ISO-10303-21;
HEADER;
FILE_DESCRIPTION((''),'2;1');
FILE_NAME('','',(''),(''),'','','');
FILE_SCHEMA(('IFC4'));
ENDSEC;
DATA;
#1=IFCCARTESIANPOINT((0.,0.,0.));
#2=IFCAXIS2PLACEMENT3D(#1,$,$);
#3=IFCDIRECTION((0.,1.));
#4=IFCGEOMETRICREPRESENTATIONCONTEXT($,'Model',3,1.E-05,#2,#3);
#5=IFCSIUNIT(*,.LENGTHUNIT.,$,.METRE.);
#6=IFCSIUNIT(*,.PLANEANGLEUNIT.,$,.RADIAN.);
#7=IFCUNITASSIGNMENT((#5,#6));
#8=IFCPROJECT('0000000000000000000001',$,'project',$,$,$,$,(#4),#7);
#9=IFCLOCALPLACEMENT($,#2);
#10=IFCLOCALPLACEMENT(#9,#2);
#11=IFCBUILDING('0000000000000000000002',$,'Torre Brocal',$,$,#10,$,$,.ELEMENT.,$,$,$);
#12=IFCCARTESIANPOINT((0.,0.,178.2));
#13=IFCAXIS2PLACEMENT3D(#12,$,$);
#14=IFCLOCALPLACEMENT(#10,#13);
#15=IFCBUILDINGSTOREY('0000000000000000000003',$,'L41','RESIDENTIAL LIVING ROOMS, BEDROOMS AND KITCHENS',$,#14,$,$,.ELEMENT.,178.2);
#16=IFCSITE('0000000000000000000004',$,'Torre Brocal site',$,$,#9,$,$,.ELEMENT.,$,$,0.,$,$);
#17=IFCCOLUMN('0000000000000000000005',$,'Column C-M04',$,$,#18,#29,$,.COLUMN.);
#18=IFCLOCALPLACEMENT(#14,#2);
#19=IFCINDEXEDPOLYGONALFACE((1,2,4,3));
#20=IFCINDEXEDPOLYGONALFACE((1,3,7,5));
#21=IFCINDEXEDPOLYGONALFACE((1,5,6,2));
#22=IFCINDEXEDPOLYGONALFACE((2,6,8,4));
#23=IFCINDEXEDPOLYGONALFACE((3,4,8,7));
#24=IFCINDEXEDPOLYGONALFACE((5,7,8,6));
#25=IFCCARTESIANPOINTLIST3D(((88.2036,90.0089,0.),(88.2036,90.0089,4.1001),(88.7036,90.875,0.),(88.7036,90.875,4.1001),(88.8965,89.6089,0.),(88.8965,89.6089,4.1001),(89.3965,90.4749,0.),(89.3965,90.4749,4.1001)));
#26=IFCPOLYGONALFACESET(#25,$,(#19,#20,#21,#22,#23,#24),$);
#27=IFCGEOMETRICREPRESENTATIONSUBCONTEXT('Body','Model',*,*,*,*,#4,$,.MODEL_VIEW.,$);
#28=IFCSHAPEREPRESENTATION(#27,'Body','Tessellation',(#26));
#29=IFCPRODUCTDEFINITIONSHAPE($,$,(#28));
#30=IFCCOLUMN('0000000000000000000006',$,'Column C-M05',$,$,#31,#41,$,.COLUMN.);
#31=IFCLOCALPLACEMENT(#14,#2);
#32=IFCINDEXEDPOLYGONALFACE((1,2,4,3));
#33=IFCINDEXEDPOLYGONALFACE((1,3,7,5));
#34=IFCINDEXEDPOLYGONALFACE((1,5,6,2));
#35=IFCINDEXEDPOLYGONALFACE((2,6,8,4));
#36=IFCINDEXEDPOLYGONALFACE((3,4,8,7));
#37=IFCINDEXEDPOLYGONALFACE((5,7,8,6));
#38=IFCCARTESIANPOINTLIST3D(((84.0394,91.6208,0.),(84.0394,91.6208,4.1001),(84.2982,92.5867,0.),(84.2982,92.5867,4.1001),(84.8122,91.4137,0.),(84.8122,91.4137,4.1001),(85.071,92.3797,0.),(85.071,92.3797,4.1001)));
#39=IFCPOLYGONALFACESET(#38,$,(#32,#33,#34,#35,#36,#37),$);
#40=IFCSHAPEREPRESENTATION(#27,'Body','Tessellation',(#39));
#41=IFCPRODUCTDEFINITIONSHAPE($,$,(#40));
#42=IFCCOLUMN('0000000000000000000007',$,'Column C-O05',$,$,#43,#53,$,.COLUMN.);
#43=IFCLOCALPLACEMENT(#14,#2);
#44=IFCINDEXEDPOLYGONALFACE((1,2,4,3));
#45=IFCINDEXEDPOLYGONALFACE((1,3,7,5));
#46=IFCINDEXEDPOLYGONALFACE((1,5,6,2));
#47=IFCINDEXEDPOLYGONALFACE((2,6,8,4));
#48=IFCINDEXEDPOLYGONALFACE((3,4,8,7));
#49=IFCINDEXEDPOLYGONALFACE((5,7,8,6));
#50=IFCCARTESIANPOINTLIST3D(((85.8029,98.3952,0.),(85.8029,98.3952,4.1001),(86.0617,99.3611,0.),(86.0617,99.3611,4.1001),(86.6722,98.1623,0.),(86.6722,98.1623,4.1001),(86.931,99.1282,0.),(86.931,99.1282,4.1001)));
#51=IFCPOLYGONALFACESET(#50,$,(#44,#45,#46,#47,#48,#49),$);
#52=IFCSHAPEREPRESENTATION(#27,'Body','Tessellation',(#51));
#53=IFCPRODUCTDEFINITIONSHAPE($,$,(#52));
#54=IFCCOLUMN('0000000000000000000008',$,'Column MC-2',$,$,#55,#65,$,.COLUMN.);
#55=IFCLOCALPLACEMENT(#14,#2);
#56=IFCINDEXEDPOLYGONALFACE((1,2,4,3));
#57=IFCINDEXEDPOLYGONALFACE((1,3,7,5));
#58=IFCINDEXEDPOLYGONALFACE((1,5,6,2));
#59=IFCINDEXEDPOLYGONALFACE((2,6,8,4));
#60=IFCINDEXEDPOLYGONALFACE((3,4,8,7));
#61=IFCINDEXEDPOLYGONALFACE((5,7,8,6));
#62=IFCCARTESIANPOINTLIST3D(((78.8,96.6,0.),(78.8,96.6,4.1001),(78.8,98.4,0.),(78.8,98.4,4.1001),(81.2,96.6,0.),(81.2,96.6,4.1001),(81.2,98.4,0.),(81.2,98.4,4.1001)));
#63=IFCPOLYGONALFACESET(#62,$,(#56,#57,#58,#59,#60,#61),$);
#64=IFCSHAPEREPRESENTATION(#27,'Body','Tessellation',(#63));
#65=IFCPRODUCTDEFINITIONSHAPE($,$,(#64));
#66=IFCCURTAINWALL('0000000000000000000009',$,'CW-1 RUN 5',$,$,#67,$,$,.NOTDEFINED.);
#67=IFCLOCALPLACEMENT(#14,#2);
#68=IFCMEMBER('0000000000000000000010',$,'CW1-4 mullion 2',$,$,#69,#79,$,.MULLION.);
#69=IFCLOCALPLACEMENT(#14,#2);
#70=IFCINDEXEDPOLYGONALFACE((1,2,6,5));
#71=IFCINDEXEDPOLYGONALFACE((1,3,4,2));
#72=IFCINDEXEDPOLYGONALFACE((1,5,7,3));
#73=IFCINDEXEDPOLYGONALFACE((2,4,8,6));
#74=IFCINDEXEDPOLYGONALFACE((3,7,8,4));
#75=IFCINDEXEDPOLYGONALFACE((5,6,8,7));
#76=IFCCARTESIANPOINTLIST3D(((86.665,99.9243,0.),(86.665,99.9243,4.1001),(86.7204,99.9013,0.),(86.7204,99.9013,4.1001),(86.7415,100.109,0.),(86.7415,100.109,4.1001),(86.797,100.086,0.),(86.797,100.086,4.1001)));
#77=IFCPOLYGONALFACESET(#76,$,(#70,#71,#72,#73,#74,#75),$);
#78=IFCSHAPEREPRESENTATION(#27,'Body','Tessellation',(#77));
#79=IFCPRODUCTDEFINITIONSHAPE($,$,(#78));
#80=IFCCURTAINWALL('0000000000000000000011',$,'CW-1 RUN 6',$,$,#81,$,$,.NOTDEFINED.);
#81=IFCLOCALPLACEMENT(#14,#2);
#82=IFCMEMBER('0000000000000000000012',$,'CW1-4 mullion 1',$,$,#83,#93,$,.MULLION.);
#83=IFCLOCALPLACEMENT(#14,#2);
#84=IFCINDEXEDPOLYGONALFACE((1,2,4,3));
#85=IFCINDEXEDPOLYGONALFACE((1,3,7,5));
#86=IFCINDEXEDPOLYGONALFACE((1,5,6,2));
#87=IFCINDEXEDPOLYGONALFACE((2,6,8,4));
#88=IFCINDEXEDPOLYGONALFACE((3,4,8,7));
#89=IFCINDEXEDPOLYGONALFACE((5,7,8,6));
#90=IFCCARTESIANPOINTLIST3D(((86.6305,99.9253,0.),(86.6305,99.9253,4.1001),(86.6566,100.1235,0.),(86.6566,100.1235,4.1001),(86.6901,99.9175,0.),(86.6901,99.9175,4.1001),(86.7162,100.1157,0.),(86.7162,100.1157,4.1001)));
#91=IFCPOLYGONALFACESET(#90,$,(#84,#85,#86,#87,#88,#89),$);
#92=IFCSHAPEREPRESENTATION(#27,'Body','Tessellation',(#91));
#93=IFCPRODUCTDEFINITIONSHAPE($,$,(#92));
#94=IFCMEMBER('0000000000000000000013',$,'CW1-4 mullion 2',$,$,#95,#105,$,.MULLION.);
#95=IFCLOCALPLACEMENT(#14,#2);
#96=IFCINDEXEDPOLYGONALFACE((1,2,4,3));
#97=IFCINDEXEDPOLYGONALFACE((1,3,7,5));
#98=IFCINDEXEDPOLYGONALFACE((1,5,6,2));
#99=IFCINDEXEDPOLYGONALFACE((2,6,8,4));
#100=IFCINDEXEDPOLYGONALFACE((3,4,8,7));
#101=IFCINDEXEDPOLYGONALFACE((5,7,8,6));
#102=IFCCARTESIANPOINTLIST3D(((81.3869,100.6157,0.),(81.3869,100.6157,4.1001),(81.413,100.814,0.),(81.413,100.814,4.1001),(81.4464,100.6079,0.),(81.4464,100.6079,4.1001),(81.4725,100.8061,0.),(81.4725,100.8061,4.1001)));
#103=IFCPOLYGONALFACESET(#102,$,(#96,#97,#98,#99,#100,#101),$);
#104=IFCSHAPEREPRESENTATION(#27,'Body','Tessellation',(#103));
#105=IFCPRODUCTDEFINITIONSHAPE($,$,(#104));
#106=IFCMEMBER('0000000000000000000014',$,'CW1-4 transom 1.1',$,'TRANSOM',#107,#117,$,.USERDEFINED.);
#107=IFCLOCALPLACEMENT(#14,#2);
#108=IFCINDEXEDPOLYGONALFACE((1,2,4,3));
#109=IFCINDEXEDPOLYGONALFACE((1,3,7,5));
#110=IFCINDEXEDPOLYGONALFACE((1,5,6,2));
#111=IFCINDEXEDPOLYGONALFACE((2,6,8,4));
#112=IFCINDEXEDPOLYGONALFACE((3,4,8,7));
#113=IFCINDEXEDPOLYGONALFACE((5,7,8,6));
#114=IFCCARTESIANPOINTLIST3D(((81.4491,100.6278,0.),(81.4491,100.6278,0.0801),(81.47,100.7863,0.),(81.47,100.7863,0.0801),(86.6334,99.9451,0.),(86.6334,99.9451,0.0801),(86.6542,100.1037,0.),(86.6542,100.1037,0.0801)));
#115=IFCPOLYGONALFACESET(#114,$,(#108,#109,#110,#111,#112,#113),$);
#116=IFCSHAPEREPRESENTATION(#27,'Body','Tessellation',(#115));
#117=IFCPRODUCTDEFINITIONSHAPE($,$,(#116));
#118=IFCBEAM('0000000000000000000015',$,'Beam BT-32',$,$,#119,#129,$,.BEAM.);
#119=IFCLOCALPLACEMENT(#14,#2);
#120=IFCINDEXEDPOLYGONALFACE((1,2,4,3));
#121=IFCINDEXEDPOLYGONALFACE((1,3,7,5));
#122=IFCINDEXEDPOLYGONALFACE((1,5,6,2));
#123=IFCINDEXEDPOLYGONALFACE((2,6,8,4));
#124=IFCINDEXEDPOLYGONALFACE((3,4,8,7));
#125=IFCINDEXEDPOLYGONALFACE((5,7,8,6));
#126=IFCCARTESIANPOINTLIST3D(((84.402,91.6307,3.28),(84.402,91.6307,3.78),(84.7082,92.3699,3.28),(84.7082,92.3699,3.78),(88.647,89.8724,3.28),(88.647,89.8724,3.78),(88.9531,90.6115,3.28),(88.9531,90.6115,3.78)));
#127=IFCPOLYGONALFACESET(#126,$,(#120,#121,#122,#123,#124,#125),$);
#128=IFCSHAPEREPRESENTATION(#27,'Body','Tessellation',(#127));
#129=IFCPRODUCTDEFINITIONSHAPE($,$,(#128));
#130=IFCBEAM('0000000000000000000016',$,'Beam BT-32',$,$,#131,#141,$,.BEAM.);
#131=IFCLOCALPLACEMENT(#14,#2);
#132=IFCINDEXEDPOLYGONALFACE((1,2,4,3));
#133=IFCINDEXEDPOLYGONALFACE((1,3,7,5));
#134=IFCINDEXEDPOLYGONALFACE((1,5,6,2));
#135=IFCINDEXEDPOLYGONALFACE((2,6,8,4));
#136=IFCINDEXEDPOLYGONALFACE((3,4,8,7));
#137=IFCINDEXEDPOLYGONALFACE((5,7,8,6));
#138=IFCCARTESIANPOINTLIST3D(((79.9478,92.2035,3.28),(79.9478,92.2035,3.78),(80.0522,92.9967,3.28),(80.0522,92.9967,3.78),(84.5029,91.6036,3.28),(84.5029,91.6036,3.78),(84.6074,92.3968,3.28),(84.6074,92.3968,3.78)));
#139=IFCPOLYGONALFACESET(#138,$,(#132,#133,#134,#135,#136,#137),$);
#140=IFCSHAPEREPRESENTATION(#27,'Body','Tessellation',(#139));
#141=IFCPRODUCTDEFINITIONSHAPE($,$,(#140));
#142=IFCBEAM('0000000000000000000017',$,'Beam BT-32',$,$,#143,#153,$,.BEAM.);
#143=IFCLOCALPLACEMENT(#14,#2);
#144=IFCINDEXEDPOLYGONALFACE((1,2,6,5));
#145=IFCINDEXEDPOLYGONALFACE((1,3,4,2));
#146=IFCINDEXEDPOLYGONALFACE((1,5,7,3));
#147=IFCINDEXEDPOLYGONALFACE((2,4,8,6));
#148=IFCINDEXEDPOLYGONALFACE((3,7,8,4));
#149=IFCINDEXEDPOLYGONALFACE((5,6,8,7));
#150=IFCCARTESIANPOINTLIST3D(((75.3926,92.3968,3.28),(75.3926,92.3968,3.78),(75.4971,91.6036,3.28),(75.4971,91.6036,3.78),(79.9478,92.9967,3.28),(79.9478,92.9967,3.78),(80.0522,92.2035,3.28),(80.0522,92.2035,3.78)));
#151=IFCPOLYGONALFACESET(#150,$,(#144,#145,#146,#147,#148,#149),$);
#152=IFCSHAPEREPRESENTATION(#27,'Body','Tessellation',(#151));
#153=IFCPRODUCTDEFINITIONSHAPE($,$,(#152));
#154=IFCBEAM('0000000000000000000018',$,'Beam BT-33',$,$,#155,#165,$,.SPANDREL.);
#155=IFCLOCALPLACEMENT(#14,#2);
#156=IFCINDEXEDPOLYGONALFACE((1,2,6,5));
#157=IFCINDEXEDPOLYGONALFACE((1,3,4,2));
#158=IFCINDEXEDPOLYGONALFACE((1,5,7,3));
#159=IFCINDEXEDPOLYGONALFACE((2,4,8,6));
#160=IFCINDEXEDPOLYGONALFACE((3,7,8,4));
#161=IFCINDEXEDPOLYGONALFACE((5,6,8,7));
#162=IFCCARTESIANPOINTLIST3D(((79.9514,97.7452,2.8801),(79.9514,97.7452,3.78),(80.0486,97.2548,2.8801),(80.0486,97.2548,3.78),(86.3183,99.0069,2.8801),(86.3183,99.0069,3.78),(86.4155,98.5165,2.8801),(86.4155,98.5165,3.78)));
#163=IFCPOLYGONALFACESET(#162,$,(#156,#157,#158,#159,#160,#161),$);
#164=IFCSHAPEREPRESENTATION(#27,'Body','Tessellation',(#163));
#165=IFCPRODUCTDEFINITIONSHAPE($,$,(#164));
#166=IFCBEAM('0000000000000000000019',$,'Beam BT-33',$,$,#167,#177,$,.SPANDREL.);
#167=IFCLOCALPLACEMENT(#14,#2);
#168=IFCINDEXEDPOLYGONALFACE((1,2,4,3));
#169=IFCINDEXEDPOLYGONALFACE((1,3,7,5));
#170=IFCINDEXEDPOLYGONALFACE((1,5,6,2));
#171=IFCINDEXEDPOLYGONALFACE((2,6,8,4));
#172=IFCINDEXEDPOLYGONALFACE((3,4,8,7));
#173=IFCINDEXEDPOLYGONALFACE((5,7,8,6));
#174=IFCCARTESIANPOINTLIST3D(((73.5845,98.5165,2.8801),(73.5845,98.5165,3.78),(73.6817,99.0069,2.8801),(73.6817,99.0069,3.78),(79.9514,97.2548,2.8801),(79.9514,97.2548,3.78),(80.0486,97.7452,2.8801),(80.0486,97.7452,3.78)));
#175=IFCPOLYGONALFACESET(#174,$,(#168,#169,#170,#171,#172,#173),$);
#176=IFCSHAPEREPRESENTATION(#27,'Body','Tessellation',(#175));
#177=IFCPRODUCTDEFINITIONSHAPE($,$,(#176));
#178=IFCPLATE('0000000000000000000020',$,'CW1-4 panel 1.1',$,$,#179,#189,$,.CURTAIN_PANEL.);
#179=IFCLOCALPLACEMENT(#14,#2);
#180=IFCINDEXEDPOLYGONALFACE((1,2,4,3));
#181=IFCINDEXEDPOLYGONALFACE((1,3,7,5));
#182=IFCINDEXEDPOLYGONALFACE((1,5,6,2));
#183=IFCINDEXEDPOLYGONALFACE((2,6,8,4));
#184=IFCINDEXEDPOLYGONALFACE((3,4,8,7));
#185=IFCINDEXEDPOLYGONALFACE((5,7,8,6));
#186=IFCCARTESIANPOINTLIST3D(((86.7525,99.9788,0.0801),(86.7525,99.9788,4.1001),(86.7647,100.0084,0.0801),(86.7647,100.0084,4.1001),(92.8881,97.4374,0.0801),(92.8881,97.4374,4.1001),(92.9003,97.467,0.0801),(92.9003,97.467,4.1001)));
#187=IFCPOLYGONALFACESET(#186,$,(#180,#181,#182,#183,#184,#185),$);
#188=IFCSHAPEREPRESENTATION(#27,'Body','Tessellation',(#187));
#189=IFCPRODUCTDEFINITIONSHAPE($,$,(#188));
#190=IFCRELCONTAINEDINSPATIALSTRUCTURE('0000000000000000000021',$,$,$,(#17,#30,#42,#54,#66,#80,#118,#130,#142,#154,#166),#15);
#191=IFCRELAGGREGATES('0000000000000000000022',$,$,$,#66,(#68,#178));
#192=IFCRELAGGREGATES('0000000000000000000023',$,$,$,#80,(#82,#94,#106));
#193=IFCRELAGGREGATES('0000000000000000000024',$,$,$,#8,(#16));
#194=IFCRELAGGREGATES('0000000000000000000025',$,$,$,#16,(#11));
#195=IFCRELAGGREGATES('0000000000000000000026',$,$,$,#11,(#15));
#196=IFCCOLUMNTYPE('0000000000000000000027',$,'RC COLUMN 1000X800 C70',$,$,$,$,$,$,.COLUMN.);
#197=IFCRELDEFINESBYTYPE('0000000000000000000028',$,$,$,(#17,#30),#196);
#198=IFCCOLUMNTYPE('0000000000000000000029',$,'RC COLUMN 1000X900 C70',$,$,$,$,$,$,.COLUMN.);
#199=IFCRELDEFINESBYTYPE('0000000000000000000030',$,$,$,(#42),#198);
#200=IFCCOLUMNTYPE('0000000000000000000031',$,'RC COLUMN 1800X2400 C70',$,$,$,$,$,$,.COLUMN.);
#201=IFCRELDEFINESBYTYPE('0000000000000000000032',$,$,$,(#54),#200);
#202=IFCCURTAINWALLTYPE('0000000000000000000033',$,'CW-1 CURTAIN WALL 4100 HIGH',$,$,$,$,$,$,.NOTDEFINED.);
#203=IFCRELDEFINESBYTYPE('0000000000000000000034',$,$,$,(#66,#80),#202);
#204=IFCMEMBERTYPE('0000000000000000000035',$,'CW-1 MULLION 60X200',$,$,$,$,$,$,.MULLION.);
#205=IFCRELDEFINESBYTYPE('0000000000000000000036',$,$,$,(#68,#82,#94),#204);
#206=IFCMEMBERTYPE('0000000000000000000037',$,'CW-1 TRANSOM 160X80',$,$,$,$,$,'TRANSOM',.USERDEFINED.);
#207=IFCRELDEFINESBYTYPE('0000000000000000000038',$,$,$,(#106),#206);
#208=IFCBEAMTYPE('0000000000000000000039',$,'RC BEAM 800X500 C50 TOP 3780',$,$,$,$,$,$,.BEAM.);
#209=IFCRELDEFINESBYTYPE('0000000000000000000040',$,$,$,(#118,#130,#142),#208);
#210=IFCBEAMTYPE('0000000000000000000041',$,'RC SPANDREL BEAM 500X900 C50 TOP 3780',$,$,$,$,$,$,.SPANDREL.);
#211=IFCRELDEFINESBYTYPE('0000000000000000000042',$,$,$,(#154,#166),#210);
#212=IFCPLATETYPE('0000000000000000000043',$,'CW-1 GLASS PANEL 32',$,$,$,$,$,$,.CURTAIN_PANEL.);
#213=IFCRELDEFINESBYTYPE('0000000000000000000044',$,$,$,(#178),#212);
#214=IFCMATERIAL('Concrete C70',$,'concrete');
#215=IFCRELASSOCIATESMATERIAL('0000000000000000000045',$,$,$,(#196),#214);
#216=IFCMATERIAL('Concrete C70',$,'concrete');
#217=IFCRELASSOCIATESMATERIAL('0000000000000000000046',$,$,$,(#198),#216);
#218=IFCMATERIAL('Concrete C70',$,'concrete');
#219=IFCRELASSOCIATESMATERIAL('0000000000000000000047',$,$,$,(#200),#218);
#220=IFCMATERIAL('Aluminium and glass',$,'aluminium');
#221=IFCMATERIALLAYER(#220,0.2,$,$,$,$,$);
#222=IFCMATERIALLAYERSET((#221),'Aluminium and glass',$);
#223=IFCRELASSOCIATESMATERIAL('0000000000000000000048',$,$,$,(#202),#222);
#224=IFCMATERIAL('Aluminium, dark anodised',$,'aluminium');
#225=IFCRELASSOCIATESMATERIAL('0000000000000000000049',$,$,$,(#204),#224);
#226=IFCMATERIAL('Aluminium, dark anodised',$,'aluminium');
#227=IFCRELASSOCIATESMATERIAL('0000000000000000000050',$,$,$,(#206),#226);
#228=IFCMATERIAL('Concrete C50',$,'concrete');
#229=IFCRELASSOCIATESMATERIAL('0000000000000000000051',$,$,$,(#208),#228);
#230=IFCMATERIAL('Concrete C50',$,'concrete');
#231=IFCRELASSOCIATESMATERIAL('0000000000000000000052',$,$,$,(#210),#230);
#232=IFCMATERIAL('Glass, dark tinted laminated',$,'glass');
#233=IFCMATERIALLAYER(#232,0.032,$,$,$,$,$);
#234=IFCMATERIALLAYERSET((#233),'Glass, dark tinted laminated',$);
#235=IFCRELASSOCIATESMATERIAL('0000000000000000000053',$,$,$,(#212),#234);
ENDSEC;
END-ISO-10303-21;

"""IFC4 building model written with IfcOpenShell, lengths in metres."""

from ifc_helpers import new_model, si_unit, direction, frame, origin, origin_2d, place, context, subcontext, project, spatial, rectangle, extrude, material, layer, layer_set, material_profile, profile_set, type_object, element, aggregate, save


model = new_model("IFC4")

# Units and contexts
model_context = context("Model", 3, precision=1e-05, world=origin(), true_north=direction((0.0, 1.0)))
body_context = subcontext(model_context, "Body", "Model", "MODEL_VIEW")
ifc_project = project(units=[si_unit("LENGTHUNIT", "METRE"), si_unit("PLANEANGLEUNIT", "RADIAN")], contexts=[model_context])

# Site, building, storey
site_placement = place(None, origin())
site = spatial("IfcSite", under=ifc_project, at=site_placement, Name="Torre Brocal site", CompositionType="ELEMENT", RefElevation=0.0)
building_placement = place(site_placement, origin())
building = spatial("IfcBuilding", under=site, at=building_placement, Name="Torre Brocal", CompositionType="ELEMENT")
storey_placement = place(building_placement, frame((0.0, 0.0, 178.2)))
storey = spatial("IfcBuildingStorey", under=building, at=storey_placement, Name="L41", Description="RESIDENTIAL LIVING ROOMS, BEDROOMS AND KITCHENS", CompositionType="ELEMENT", Elevation=178.2)

# Columns
ifc_material_1 = material(Name="Concrete C70", Category="concrete")
ifc_material_profile_1 = material_profile(ifc_material_1, rectangle(XDim=1.0, YDim=0.8, at=origin_2d()), Name="RC 1000X800")
ifc_profile_set_1 = profile_set([ifc_material_profile_1], Name="Concrete C70")
column_type_1 = type_object("IfcColumnType", Name="RC COLUMN 1000X800 C70", PredefinedType="COLUMN", material=ifc_profile_set_1)
for number, where, z_axis, x_axis, name in (
    (1, (88.8, 90.2419, 0.0), (0.0, 0.0, 1.0), (0.5, 0.866025, 0.0), "Column C-M04"),
    (2, (84.5552, 92.0002, 0.0), (0.0, 0.0, 1.0), (0.258819, 0.965926, 0.0), "Column C-M05"),
):
    element("IfcColumn", number, at=place(storey_placement, frame(where, z_axis=z_axis, x_axis=x_axis)), inside=storey, type_object=column_type_1, Name=name, PredefinedType="COLUMN", context=body_context, shape_type="SweptSolid", body=[
        extrude(rectangle(XDim=1.0, YDim=0.8, at=origin_2d()), origin(), (0.0, 0.0, 1.0), 4.1001),
    ])
ifc_material_2 = material(Name="Concrete C70", Category="concrete")
ifc_material_profile_2 = material_profile(ifc_material_2, rectangle(XDim=1.0, YDim=0.8999, at=origin_2d()), Name="RC 1000X900")
ifc_profile_set_2 = profile_set([ifc_material_profile_2], Name="Concrete C70")
column_type_2 = type_object("IfcColumnType", Name="RC COLUMN 1000X900 C70", PredefinedType="COLUMN", material=ifc_profile_set_2)
column_1_placement = place(storey_placement, frame((86.3669, 98.7617, 0.0), z_axis=(0.0, 0.0, 1.0), x_axis=(0.258819, 0.965926, 0.0)))
element("IfcColumn", 3, at=column_1_placement, inside=storey, type_object=column_type_2, Name="Column C-O05", PredefinedType="COLUMN", context=body_context, shape_type="SweptSolid", body=[
    extrude(rectangle(XDim=1.0, YDim=0.8999, at=origin_2d()), origin(), (0.0, 0.0, 1.0), 4.1001),
])
ifc_material_3 = material(Name="Concrete C70", Category="concrete")
ifc_material_profile_3 = material_profile(ifc_material_3, rectangle(XDim=1.8, YDim=2.3999, at=origin_2d()), Name="RC 1800X2400")
ifc_profile_set_3 = profile_set([ifc_material_profile_3], Name="Concrete C70")
column_type_3 = type_object("IfcColumnType", Name="RC COLUMN 1800X2400 C70", PredefinedType="COLUMN", material=ifc_profile_set_3)
column_2_placement = place(storey_placement, frame((80.0, 97.5, 0.0), z_axis=(0.0, 0.0, 1.0), x_axis=(0.0, 1.0, 0.0)))
element("IfcColumn", 4, at=column_2_placement, inside=storey, type_object=column_type_3, Name="Column MC-2", PredefinedType="COLUMN", context=body_context, shape_type="SweptSolid", body=[
    extrude(rectangle(XDim=1.8, YDim=2.3999, at=origin_2d()), origin(), (0.0, 0.0, 1.0), 4.1001),
])

# Curtain wall, member
ifc_material_4 = material(Name="Aluminium and glass", Category="aluminium")
ifc_layer_1 = layer(ifc_material_4, 0.2)
ifc_layer_set_1 = layer_set([ifc_layer_1], Name="Aluminium and glass")
curtain_wall_type = type_object("IfcCurtainWallType", Name="CW-1 CURTAIN WALL 4100 HIGH", PredefinedType="NOTDEFINED", material=ifc_layer_set_1)
curtain_wall_1_placement = place(storey_placement, origin())
curtain_wall_1 = element("IfcCurtainWall", 5, at=curtain_wall_1_placement, inside=storey, type_object=curtain_wall_type, Name="CW-1 RUN 5", PredefinedType="NOTDEFINED")
ifc_material_5 = material(Name="Aluminium, dark anodised", Category="aluminium")
ifc_material_profile_4 = material_profile(ifc_material_5, rectangle(XDim=0.2, YDim=0.0601, at=origin_2d()), Name="CW-1 MULLION 60X200")
ifc_profile_set_4 = profile_set([ifc_material_profile_4], Name="Aluminium, dark anodised")
member_type_1 = type_object("IfcMemberType", Name="CW-1 MULLION 60X200", PredefinedType="MULLION", material=ifc_profile_set_4)
member_1_placement = place(storey_placement, frame((86.731, 100.0051, 0.0), z_axis=(0.0, 0.0, 1.0), x_axis=(-0.382683, -0.92388, 0.0)))
member_1 = element("IfcMember", 6, at=member_1_placement, type_object=member_type_1, Name="CW1-4 mullion 2", PredefinedType="MULLION", context=body_context, shape_type="SweptSolid", body=[
    extrude(rectangle(XDim=0.2, YDim=0.0601, at=origin_2d()), origin(), (0.0, 0.0, 1.0), 4.1001),
])

# Curtain wall, members
curtain_wall_2_placement = place(storey_placement, origin())
curtain_wall_2 = element("IfcCurtainWall", 7, at=curtain_wall_2_placement, inside=storey, type_object=curtain_wall_type, Name="CW-1 RUN 6", PredefinedType="NOTDEFINED")
member_2_placement = place(storey_placement, frame((86.6733, 100.0205, 0.0), z_axis=(0.0, 0.0, 1.0), x_axis=(-0.130526, -0.991445, 0.0)))
member_2 = element("IfcMember", 8, at=member_2_placement, type_object=member_type_1, Name="CW1-4 mullion 1", PredefinedType="MULLION", context=body_context, shape_type="SweptSolid", body=[
    extrude(rectangle(XDim=0.2, YDim=0.0601, at=origin_2d()), origin(), (0.0, 0.0, 1.0), 4.1001),
])
member_3_placement = place(storey_placement, frame((81.4297, 100.7109, 0.0), z_axis=(0.0, 0.0, 1.0), x_axis=(-0.130526, -0.991445, 0.0)))
member_3 = element("IfcMember", 9, at=member_3_placement, type_object=member_type_1, Name="CW1-4 mullion 2", PredefinedType="MULLION", context=body_context, shape_type="SweptSolid", body=[
    extrude(rectangle(XDim=0.2, YDim=0.0601, at=origin_2d()), origin(), (0.0, 0.0, 1.0), 4.1001),
])
ifc_material_6 = material(Name="Aluminium, dark anodised", Category="aluminium")
ifc_material_profile_5 = material_profile(ifc_material_6, rectangle(XDim=0.1599, YDim=0.0801, at=origin_2d()), Name="CW-1 TRANSOM 160X80")
ifc_profile_set_5 = profile_set([ifc_material_profile_5], Name="Aluminium, dark anodised")
member_type_2 = type_object("IfcMemberType", Name="CW-1 TRANSOM 160X80", ElementType="TRANSOM", PredefinedType="USERDEFINED", material=ifc_profile_set_5)
member_4_placement = place(storey_placement, frame((86.6438, 100.0244, 0.04), z_axis=(-0.991443, 0.130543, 0.0), x_axis=(-0.130543, -0.991443, 0.0)))
member_4 = element("IfcMember", 10, at=member_4_placement, type_object=member_type_2, Name="CW1-4 transom 1.1", ObjectType="TRANSOM", PredefinedType="USERDEFINED", context=body_context, shape_type="SweptSolid", body=[
    extrude(rectangle(XDim=0.1599, YDim=0.0801, at=origin_2d()), origin(), (0.0, 0.0, 1.0), 5.229),
])

# Beams
ifc_material_7 = material(Name="Concrete C50", Category="concrete")
ifc_material_profile_6 = material_profile(ifc_material_7, rectangle(XDim=0.8, YDim=0.5, at=origin_2d()), Name="RC 800X500")
ifc_profile_set_6 = profile_set([ifc_material_profile_6], Name="Concrete C50")
beam_type_1 = type_object("IfcBeamType", Name="RC BEAM 800X500 C50 TOP 3780", PredefinedType="BEAM", material=ifc_profile_set_6)
beam_placement = place(storey_placement, frame((88.8, 90.2419, 3.53), z_axis=(-0.923878, 0.382687, 0.0), x_axis=(-0.382687, -0.923878, 0.0)))
element("IfcBeam", 11, at=beam_placement, inside=storey, type_object=beam_type_1, Name="Beam BT-32", PredefinedType="BEAM", context=body_context, shape_type="SweptSolid", body=[
    extrude(rectangle(XDim=0.8, YDim=0.5, at=origin_2d()), origin(), (0.0, 0.0, 1.0), 4.5947),
])
for number, where, z_axis, x_axis, name in (
    (12, (84.5552, 92.0002, 3.53), (-0.991441, 0.130559, 0.0), (-0.130559, -0.991441, 0.0), "Beam BT-32"),
    (13, (80.0, 92.6001, 3.53), (-0.991441, -0.130559, 0.0), (0.130559, -0.991441, 0.0), "Beam BT-32"),
):
    element("IfcBeam", number, at=place(storey_placement, frame(where, z_axis=z_axis, x_axis=x_axis)), inside=storey, type_object=beam_type_1, Name=name, PredefinedType="BEAM", context=body_context, shape_type="SweptSolid", body=[
        extrude(rectangle(XDim=0.8, YDim=0.5, at=origin_2d()), origin(), (0.0, 0.0, 1.0), 4.5945),
    ])
ifc_material_8 = material(Name="Concrete C50", Category="concrete")
ifc_material_profile_7 = material_profile(ifc_material_8, rectangle(XDim=0.5, YDim=0.8999, at=origin_2d()), Name="RC 500X900")
ifc_profile_set_7 = profile_set([ifc_material_profile_7], Name="Concrete C50")
beam_type_2 = type_object("IfcBeamType", Name="RC SPANDREL BEAM 500X900 C50 TOP 3780", PredefinedType="SPANDREL", material=ifc_profile_set_7)
for number, where, z_axis, x_axis, name in (
    (14, (86.3669, 98.7617, 3.3301), (-0.980925, -0.194387, 0.0), (0.194387, -0.980925, 0.0), "Beam BT-33"),
    (15, (80.0, 97.5, 3.3301), (-0.980925, 0.194387, 0.0), (-0.194387, -0.980925, 0.0), "Beam BT-33"),
):
    element("IfcBeam", number, at=place(storey_placement, frame(where, z_axis=z_axis, x_axis=x_axis)), inside=storey, type_object=beam_type_2, Name=name, PredefinedType="SPANDREL", context=body_context, shape_type="SweptSolid", body=[
        extrude(rectangle(XDim=0.5, YDim=0.8999, at=origin_2d()), origin(), (0.0, 0.0, 1.0), 6.4907),
    ])

# Plate
ifc_material_9 = material(Name="Glass, dark tinted laminated", Category="glass")
ifc_layer_2 = layer(ifc_material_9, 0.032)
ifc_layer_set_2 = layer_set([ifc_layer_2], Name="Glass, dark tinted laminated")
plate_type = type_object("IfcPlateType", Name="CW-1 GLASS PANEL 32", PredefinedType="CURTAIN_PANEL", material=ifc_layer_set_2)
plate_1_placement = place(storey_placement, frame((89.8264, 98.7229, 0.0801), z_axis=(0.0, 0.0, 1.0), x_axis=(-0.92388, 0.382683, 0.0)))
plate_1 = element("IfcPlate", 16, at=plate_1_placement, type_object=plate_type, Name="CW1-4 panel 1.1", PredefinedType="CURTAIN_PANEL", context=body_context, shape_type="SweptSolid", body=[
    extrude(rectangle(XDim=6.6411, YDim=0.032, at=origin_2d()), origin(), (0.0, 0.0, 1.0), 4.02),
])
aggregate(curtain_wall_1, [member_1, plate_1])
aggregate(curtain_wall_2, [member_2, member_3, member_4])

save(model, "model.ifc")
